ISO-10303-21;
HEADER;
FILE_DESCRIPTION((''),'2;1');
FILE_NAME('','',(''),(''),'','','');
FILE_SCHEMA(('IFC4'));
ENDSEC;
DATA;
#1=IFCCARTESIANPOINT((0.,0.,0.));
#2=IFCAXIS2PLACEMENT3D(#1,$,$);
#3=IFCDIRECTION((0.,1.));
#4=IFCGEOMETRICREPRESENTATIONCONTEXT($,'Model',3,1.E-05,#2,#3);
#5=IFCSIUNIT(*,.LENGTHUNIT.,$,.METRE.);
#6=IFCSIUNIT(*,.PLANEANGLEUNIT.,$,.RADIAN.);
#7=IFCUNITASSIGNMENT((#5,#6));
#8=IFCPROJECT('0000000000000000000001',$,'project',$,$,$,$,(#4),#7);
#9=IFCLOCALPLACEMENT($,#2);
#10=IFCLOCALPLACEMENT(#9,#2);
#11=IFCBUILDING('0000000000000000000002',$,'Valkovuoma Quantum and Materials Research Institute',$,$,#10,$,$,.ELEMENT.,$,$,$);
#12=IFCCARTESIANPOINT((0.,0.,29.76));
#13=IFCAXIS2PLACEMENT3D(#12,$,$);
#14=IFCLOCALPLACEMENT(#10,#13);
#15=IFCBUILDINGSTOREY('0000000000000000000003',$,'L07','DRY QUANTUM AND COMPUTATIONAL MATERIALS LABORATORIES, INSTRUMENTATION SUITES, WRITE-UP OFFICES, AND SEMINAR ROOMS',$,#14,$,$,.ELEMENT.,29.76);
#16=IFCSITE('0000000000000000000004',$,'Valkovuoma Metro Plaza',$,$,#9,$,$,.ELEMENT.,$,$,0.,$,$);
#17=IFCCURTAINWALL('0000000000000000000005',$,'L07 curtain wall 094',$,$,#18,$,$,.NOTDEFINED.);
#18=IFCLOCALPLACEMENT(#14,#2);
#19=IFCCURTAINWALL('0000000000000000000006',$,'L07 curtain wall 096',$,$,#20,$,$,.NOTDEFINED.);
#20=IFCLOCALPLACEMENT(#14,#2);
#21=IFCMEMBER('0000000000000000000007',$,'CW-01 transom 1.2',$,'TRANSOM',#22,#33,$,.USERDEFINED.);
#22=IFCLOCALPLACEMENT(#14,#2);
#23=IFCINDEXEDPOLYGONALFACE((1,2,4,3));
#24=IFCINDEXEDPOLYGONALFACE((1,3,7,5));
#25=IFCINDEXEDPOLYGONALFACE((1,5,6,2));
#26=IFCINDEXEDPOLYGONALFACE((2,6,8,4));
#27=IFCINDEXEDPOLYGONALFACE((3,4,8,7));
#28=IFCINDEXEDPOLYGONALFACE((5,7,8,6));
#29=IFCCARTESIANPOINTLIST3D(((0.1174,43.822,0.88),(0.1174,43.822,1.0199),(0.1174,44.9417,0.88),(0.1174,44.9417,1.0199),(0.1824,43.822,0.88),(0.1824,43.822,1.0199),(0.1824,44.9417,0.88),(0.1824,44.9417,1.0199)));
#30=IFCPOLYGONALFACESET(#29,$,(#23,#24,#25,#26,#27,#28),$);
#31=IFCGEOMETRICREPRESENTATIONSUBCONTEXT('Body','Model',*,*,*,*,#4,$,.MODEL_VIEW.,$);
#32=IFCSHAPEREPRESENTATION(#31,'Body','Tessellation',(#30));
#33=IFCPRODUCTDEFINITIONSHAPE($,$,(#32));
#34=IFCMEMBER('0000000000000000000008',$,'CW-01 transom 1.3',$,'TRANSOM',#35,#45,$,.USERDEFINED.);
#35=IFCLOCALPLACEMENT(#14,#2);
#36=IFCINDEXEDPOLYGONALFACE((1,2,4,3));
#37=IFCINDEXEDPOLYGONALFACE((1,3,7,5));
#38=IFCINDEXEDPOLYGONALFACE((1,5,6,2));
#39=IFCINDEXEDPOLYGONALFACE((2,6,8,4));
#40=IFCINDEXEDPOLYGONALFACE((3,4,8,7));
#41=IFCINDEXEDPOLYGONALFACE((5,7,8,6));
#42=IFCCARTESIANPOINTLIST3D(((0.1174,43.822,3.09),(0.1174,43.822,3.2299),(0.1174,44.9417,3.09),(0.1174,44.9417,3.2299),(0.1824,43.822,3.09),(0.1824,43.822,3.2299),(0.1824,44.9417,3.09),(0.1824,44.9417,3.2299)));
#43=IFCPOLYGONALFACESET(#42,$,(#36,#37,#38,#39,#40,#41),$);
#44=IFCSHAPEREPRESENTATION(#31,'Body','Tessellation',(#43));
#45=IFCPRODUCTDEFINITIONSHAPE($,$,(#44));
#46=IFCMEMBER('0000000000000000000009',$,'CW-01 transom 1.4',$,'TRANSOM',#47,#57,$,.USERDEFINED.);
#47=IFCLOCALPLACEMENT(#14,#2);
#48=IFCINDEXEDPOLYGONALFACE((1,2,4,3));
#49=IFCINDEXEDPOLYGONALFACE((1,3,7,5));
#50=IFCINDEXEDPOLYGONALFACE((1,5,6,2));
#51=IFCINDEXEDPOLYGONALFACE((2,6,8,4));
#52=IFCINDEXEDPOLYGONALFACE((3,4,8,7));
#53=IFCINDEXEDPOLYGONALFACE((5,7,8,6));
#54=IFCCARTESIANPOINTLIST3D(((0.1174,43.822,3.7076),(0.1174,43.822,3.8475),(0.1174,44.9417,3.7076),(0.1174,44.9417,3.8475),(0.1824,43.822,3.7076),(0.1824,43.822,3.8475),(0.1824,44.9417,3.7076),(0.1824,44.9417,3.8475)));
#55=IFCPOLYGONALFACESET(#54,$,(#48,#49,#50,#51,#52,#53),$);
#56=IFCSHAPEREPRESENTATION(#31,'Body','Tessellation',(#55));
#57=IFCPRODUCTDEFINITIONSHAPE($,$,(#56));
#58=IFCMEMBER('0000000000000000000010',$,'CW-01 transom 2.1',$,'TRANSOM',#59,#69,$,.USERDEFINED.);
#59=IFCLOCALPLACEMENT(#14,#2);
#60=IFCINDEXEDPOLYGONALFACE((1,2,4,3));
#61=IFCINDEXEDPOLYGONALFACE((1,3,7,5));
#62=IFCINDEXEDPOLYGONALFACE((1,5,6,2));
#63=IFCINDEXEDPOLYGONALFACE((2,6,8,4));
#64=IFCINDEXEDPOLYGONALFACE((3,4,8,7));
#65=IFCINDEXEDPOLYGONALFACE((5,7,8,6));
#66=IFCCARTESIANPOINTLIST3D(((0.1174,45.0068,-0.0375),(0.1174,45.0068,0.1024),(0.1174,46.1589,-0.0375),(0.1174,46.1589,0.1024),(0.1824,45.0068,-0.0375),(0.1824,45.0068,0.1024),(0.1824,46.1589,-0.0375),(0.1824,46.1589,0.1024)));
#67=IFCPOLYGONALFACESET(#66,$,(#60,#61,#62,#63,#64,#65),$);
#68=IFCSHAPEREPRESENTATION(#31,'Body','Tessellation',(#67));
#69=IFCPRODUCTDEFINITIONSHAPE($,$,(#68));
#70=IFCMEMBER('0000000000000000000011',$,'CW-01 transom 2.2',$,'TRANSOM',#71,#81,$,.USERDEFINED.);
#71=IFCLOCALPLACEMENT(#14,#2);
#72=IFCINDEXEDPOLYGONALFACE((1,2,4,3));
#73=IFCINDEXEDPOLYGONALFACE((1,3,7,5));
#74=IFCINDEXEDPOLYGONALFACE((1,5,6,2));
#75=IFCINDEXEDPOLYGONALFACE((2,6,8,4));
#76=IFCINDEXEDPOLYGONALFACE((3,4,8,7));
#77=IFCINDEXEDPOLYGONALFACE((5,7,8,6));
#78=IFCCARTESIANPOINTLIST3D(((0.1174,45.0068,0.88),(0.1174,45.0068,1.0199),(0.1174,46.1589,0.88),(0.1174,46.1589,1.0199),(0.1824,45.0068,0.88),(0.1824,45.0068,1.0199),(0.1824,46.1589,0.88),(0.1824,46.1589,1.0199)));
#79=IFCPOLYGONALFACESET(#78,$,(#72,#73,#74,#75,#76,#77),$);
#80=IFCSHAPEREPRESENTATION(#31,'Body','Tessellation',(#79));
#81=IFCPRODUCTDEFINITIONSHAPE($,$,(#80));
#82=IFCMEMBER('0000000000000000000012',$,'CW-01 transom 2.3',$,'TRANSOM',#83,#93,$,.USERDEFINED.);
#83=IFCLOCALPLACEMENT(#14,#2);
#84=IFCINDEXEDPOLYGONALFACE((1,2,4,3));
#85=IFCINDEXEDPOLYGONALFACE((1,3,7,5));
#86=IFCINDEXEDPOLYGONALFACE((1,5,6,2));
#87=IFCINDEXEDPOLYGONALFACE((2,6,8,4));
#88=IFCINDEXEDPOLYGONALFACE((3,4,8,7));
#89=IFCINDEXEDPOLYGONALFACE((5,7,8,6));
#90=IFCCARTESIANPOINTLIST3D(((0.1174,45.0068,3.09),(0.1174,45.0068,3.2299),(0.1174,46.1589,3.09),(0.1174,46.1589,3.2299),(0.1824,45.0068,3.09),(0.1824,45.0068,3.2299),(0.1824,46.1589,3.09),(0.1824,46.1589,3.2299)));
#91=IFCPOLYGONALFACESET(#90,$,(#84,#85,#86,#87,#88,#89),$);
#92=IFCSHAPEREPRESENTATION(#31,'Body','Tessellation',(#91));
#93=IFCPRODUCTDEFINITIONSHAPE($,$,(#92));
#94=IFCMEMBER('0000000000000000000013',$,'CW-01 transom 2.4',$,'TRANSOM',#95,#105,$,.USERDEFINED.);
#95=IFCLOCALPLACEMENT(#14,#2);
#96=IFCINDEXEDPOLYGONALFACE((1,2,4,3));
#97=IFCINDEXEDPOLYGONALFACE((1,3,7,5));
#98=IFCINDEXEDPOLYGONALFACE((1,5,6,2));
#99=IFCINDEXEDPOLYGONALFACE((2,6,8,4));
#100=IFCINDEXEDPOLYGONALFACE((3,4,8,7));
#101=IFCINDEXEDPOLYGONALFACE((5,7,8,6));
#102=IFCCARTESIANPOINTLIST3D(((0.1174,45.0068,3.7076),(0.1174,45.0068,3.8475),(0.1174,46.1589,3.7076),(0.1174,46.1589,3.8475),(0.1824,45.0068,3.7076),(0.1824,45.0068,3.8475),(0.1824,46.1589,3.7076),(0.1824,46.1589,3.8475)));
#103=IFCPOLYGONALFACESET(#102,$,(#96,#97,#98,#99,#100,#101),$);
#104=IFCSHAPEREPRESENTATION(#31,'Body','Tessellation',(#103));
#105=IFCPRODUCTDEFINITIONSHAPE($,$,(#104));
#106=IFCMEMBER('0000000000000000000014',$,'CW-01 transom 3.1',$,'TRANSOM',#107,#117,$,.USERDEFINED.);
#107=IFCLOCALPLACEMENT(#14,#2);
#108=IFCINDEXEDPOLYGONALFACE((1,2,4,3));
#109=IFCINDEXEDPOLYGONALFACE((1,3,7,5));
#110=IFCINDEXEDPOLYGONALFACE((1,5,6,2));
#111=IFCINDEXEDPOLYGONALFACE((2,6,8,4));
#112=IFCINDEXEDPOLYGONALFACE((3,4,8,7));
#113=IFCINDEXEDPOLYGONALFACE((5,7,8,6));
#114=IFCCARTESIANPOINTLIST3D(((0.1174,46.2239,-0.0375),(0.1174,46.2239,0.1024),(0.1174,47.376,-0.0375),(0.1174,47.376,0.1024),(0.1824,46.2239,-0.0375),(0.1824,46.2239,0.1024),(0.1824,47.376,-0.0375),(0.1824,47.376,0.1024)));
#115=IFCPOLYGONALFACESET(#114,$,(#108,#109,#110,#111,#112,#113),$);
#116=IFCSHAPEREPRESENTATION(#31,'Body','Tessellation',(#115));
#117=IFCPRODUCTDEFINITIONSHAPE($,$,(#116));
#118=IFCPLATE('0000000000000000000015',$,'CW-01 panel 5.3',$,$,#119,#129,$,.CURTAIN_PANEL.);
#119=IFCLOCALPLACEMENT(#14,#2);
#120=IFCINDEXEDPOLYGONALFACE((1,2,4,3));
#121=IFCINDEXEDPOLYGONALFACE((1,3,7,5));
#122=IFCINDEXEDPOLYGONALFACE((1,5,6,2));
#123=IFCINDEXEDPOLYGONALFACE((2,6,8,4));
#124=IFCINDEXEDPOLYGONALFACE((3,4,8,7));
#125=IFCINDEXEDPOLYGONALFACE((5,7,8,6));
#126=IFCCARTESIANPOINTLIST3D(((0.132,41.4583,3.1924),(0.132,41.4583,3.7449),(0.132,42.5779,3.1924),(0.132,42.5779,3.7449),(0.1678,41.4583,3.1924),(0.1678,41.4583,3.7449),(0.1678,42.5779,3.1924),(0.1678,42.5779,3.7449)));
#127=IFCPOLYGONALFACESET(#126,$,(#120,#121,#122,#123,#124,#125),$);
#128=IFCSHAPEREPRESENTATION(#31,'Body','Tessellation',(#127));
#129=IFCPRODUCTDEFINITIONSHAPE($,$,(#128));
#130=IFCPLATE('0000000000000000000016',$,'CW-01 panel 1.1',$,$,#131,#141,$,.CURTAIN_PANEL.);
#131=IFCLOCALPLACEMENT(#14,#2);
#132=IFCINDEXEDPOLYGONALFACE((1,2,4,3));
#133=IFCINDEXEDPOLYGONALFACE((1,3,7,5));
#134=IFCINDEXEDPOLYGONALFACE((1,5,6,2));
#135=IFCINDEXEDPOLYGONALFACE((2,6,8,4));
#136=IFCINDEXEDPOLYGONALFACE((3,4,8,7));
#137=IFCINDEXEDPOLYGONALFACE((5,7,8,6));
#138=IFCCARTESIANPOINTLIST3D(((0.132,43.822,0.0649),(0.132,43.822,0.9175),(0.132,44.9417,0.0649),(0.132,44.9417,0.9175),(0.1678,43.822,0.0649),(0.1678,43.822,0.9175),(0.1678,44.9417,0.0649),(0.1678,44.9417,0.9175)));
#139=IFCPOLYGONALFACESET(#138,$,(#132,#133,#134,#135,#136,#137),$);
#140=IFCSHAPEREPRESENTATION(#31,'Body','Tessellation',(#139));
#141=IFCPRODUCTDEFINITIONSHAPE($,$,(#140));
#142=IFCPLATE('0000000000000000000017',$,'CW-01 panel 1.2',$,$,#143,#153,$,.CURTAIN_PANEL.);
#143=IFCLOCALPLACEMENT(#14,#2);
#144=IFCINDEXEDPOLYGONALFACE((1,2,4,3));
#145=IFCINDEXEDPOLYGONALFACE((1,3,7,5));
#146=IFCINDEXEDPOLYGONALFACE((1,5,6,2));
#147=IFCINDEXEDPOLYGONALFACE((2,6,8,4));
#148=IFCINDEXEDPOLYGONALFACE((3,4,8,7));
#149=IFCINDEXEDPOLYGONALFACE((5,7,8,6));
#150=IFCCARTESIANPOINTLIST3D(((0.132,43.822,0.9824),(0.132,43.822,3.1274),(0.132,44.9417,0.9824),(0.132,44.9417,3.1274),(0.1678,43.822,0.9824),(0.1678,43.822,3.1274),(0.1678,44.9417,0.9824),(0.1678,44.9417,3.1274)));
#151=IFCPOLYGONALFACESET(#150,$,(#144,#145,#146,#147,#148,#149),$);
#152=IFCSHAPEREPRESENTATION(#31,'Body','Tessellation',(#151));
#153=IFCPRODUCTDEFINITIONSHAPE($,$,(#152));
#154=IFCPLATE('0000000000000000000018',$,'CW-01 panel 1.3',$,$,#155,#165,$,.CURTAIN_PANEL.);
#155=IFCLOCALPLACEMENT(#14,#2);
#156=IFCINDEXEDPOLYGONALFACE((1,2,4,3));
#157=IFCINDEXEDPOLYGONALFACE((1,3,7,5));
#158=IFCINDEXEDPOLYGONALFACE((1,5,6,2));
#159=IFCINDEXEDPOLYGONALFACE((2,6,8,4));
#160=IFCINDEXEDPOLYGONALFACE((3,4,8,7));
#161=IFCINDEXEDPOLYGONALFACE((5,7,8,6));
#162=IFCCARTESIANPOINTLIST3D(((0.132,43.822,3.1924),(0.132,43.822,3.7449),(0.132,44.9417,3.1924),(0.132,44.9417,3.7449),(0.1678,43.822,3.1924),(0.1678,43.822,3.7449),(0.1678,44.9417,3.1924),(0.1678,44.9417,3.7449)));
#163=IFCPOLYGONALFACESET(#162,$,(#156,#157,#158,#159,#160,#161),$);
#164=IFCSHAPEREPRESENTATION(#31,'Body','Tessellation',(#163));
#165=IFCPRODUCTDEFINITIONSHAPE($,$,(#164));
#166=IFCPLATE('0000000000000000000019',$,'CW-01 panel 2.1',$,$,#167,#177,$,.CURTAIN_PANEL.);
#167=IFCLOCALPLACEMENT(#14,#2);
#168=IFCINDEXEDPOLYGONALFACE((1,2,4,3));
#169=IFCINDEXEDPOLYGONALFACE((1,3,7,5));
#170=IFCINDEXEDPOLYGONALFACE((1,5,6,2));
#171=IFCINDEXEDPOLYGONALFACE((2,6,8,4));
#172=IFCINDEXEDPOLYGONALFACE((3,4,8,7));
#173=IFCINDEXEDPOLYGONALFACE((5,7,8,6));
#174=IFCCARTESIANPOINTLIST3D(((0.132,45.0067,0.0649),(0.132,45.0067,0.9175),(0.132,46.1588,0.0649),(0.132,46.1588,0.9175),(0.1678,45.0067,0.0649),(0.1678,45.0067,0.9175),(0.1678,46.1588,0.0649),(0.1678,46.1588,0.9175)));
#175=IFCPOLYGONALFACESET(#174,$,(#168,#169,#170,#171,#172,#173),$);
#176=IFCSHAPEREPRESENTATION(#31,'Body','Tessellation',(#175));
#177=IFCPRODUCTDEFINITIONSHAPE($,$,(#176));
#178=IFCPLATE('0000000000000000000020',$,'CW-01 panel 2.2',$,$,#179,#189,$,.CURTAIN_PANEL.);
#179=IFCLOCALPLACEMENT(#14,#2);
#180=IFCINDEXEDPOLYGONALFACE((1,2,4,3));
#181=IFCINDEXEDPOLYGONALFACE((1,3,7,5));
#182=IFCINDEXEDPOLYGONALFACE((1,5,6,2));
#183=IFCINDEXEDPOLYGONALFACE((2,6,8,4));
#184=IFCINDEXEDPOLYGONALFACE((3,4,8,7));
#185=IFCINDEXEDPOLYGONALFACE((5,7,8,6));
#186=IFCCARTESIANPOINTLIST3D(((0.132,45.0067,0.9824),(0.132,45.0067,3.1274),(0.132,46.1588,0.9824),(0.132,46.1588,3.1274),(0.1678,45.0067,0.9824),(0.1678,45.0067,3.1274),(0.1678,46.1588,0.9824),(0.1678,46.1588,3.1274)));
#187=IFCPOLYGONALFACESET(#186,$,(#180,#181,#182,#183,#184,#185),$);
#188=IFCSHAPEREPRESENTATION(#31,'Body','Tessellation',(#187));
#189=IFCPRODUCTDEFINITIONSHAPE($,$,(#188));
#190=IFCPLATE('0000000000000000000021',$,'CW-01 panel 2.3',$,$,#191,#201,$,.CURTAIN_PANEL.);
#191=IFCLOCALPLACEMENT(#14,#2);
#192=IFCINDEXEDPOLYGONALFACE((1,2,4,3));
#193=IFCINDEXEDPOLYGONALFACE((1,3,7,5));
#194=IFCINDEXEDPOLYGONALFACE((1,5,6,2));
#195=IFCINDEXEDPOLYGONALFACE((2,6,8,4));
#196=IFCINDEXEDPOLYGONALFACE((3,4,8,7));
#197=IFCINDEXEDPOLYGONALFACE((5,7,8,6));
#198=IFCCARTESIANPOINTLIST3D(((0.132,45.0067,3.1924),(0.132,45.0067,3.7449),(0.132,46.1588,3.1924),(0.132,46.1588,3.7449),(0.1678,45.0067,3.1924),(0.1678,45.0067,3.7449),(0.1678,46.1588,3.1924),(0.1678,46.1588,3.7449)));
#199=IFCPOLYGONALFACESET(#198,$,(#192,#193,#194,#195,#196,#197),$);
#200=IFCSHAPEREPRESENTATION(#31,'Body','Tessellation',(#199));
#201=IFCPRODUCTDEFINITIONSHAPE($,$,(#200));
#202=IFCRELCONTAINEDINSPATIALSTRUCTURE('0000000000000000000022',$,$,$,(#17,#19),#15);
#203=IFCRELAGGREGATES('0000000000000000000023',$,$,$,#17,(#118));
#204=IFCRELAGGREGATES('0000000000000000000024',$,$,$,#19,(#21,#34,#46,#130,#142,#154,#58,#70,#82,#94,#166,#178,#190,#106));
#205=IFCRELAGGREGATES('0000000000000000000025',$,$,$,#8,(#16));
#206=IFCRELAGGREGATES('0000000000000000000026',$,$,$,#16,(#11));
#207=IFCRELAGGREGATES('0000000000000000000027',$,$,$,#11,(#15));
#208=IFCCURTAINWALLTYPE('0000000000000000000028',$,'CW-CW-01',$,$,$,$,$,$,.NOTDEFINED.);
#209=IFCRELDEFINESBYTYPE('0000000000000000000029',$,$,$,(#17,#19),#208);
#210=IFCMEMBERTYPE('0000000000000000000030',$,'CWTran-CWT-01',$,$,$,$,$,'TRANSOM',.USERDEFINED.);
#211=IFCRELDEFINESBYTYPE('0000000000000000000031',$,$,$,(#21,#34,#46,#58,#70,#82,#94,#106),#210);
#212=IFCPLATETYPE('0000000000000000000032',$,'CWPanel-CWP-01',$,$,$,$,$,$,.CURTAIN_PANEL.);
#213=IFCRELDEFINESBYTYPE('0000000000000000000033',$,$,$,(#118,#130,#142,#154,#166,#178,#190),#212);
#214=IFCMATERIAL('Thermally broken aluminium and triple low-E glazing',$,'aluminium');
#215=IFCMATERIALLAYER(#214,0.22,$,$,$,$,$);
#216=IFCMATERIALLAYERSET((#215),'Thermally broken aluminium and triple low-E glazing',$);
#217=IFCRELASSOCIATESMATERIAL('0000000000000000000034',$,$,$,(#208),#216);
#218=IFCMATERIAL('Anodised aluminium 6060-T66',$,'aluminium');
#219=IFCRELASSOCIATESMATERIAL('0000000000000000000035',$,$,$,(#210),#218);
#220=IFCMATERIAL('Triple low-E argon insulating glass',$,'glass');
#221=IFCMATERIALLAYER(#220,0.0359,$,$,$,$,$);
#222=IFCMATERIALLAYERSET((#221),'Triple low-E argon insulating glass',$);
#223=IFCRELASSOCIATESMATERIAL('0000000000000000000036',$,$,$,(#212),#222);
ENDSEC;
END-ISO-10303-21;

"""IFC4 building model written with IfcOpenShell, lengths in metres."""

from ifc_helpers import new_model, si_unit, direction, frame, origin, origin_2d, place, context, subcontext, project, spatial, rectangle, extrude, material, layer, layer_set, material_profile, profile_set, type_object, element, aggregate, save


model = new_model("IFC4")

# Units and contexts
model_context = context("Model", 3, precision=1e-05, world=origin(), true_north=direction((0.0, 1.0)))
body_context = subcontext(model_context, "Body", "Model", "MODEL_VIEW")
ifc_project = project(units=[si_unit("LENGTHUNIT", "METRE"), si_unit("PLANEANGLEUNIT", "RADIAN")], contexts=[model_context])

# Site, building, storey
site_placement = place(None, origin())
site = spatial("IfcSite", under=ifc_project, at=site_placement, Name="Valkovuoma Metro Plaza", CompositionType="ELEMENT", RefElevation=0.0)
building_placement = place(site_placement, origin())
building = spatial("IfcBuilding", under=site, at=building_placement, Name="Valkovuoma Quantum and Materials Research Institute", CompositionType="ELEMENT")
storey_placement = place(building_placement, frame((0.0, 0.0, 29.76)))
storey = spatial("IfcBuildingStorey", under=building, at=storey_placement, Name="L07", Description="DRY QUANTUM AND COMPUTATIONAL MATERIALS LABORATORIES, INSTRUMENTATION SUITES, WRITE-UP OFFICES, AND SEMINAR ROOMS", CompositionType="ELEMENT", Elevation=29.76)

# Curtain wall
ifc_material_1 = material(Name="Thermally broken aluminium and triple low-E glazing", Category="aluminium")
ifc_layer_1 = layer(ifc_material_1, 0.22)
ifc_layer_set_1 = layer_set([ifc_layer_1], Name="Thermally broken aluminium and triple low-E glazing")
curtain_wall_type = type_object("IfcCurtainWallType", Name="CW-CW-01", PredefinedType="NOTDEFINED", material=ifc_layer_set_1)
curtain_wall_1_placement = place(storey_placement, origin())
curtain_wall_1 = element("IfcCurtainWall", 1, at=curtain_wall_1_placement, inside=storey, type_object=curtain_wall_type, Name="L07 curtain wall 094", PredefinedType="NOTDEFINED")

# Curtain wall, members
curtain_wall_2_placement = place(storey_placement, origin())
curtain_wall_2 = element("IfcCurtainWall", 2, at=curtain_wall_2_placement, inside=storey, type_object=curtain_wall_type, Name="L07 curtain wall 096", PredefinedType="NOTDEFINED")
ifc_material_2 = material(Name="Anodised aluminium 6060-T66", Category="aluminium")
ifc_material_profile_1 = material_profile(ifc_material_2, rectangle(XDim=0.0649, YDim=0.1399, at=origin_2d()), Name="Anodised aluminium 6060-T66")
ifc_profile_set_1 = profile_set([ifc_material_profile_1], Name="Anodised aluminium 6060-T66")
member_type_1 = type_object("IfcMemberType", Name="CWTran-CWT-01", ElementType="TRANSOM", PredefinedType="USERDEFINED", material=ifc_profile_set_1)
member_1_placement = place(storey_placement, frame((0.1499, 43.822, 0.95), z_axis=(0.0, 1.0, 0.0), x_axis=(-1.0, 0.0, 0.0)))
member_1 = element("IfcMember", 3, at=member_1_placement, type_object=member_type_1, Name="CW-01 transom 1.2", ObjectType="TRANSOM", PredefinedType="USERDEFINED", context=body_context, shape_type="SweptSolid", body=[
    extrude(rectangle(XDim=0.0649, YDim=0.1399, at=origin_2d()), origin(), (0.0, 0.0, 1.0), 1.1196),
])
member_2_placement = place(storey_placement, frame((0.1499, 43.822, 3.1599), z_axis=(0.0, 1.0, 0.0), x_axis=(-1.0, 0.0, 0.0)))
member_2 = element("IfcMember", 4, at=member_2_placement, type_object=member_type_1, Name="CW-01 transom 1.3", ObjectType="TRANSOM", PredefinedType="USERDEFINED", context=body_context, shape_type="SweptSolid", body=[
    extrude(rectangle(XDim=0.0649, YDim=0.1399, at=origin_2d()), origin(), (0.0, 0.0, 1.0), 1.1196),
])
member_3_placement = place(storey_placement, frame((0.1499, 43.822, 3.7776), z_axis=(0.0, 1.0, 0.0), x_axis=(-1.0, 0.0, 0.0)))
member_3 = element("IfcMember", 5, at=member_3_placement, type_object=member_type_1, Name="CW-01 transom 1.4", ObjectType="TRANSOM", PredefinedType="USERDEFINED", context=body_context, shape_type="SweptSolid", body=[
    extrude(rectangle(XDim=0.0649, YDim=0.1399, at=origin_2d()), origin(), (0.0, 0.0, 1.0), 1.1196),
])
member_4_placement = place(storey_placement, frame((0.1499, 45.0068, 0.0325), z_axis=(0.0, 1.0, 0.0), x_axis=(-1.0, 0.0, 0.0)))
member_4 = element("IfcMember", 6, at=member_4_placement, type_object=member_type_1, Name="CW-01 transom 2.1", ObjectType="TRANSOM", PredefinedType="USERDEFINED", context=body_context, shape_type="SweptSolid", body=[
    extrude(rectangle(XDim=0.0649, YDim=0.1399, at=origin_2d()), origin(), (0.0, 0.0, 1.0), 1.1521),
])
member_5_placement = place(storey_placement, frame((0.1499, 45.0068, 0.95), z_axis=(0.0, 1.0, 0.0), x_axis=(-1.0, 0.0, 0.0)))
member_5 = element("IfcMember", 7, at=member_5_placement, type_object=member_type_1, Name="CW-01 transom 2.2", ObjectType="TRANSOM", PredefinedType="USERDEFINED", context=body_context, shape_type="SweptSolid", body=[
    extrude(rectangle(XDim=0.0649, YDim=0.1399, at=origin_2d()), origin(), (0.0, 0.0, 1.0), 1.1521),
])
member_6_placement = place(storey_placement, frame((0.1499, 45.0068, 3.1599), z_axis=(0.0, 1.0, 0.0), x_axis=(-1.0, 0.0, 0.0)))
member_6 = element("IfcMember", 8, at=member_6_placement, type_object=member_type_1, Name="CW-01 transom 2.3", ObjectType="TRANSOM", PredefinedType="USERDEFINED", context=body_context, shape_type="SweptSolid", body=[
    extrude(rectangle(XDim=0.0649, YDim=0.1399, at=origin_2d()), origin(), (0.0, 0.0, 1.0), 1.1521),
])
member_7_placement = place(storey_placement, frame((0.1499, 45.0068, 3.7776), z_axis=(0.0, 1.0, 0.0), x_axis=(-1.0, 0.0, 0.0)))
member_7 = element("IfcMember", 9, at=member_7_placement, type_object=member_type_1, Name="CW-01 transom 2.4", ObjectType="TRANSOM", PredefinedType="USERDEFINED", context=body_context, shape_type="SweptSolid", body=[
    extrude(rectangle(XDim=0.0649, YDim=0.1399, at=origin_2d()), origin(), (0.0, 0.0, 1.0), 1.1521),
])
member_8_placement = place(storey_placement, frame((0.1499, 46.2239, 0.0325), z_axis=(0.0, 1.0, 0.0), x_axis=(-1.0, 0.0, 0.0)))
member_8 = element("IfcMember", 10, at=member_8_placement, type_object=member_type_1, Name="CW-01 transom 3.1", ObjectType="TRANSOM", PredefinedType="USERDEFINED", context=body_context, shape_type="SweptSolid", body=[
    extrude(rectangle(XDim=0.0649, YDim=0.1399, at=origin_2d()), origin(), (0.0, 0.0, 1.0), 1.1521),
])

# Plates
ifc_material_3 = material(Name="Triple low-E argon insulating glass", Category="glass")
ifc_layer_2 = layer(ifc_material_3, 0.0359)
ifc_layer_set_2 = layer_set([ifc_layer_2], Name="Triple low-E argon insulating glass")
plate_type = type_object("IfcPlateType", Name="CWPanel-CWP-01", PredefinedType="CURTAIN_PANEL", material=ifc_layer_set_2)
plate_1_placement = place(storey_placement, frame((0.1499, 42.0181, 3.1924), z_axis=(0.0, 0.0, 1.0), x_axis=(0.0, 1.0, 0.0)))
plate_1 = element("IfcPlate", 11, at=plate_1_placement, type_object=plate_type, Name="CW-01 panel 5.3", PredefinedType="CURTAIN_PANEL", context=body_context, shape_type="SweptSolid", body=[
    extrude(rectangle(XDim=1.1196, YDim=0.0359, at=origin_2d()), origin(), (0.0, 0.0, 1.0), 0.5525),
])
aggregate(curtain_wall_1, [plate_1])
plate_2_placement = place(storey_placement, frame((0.1499, 44.3818, 0.0649), z_axis=(0.0, 0.0, 1.0), x_axis=(0.0, 1.0, 0.0)))
plate_2 = element("IfcPlate", 12, at=plate_2_placement, type_object=plate_type, Name="CW-01 panel 1.1", PredefinedType="CURTAIN_PANEL", context=body_context, shape_type="SweptSolid", body=[
    extrude(rectangle(XDim=1.1196, YDim=0.0359, at=origin_2d()), origin(), (0.0, 0.0, 1.0), 0.8525),
])
plate_3_placement = place(storey_placement, frame((0.1499, 44.3818, 0.9824), z_axis=(0.0, 0.0, 1.0), x_axis=(0.0, 1.0, 0.0)))
plate_3 = element("IfcPlate", 13, at=plate_3_placement, type_object=plate_type, Name="CW-01 panel 1.2", PredefinedType="CURTAIN_PANEL", context=body_context, shape_type="SweptSolid", body=[
    extrude(rectangle(XDim=1.1196, YDim=0.0359, at=origin_2d()), origin(), (0.0, 0.0, 1.0), 2.145),
])
plate_4_placement = place(storey_placement, frame((0.1499, 44.3818, 3.1924), z_axis=(0.0, 0.0, 1.0), x_axis=(0.0, 1.0, 0.0)))
plate_4 = element("IfcPlate", 14, at=plate_4_placement, type_object=plate_type, Name="CW-01 panel 1.3", PredefinedType="CURTAIN_PANEL", context=body_context, shape_type="SweptSolid", body=[
    extrude(rectangle(XDim=1.1196, YDim=0.0359, at=origin_2d()), origin(), (0.0, 0.0, 1.0), 0.5525),
])
plate_5_placement = place(storey_placement, frame((0.1499, 45.5828, 0.0649), z_axis=(0.0, 0.0, 1.0), x_axis=(0.0, 1.0, 0.0)))
plate_5 = element("IfcPlate", 15, at=plate_5_placement, type_object=plate_type, Name="CW-01 panel 2.1", PredefinedType="CURTAIN_PANEL", context=body_context, shape_type="SweptSolid", body=[
    extrude(rectangle(XDim=1.1521, YDim=0.0359, at=origin_2d()), origin(), (0.0, 0.0, 1.0), 0.8525),
])
plate_6_placement = place(storey_placement, frame((0.1499, 45.5828, 0.9824), z_axis=(0.0, 0.0, 1.0), x_axis=(0.0, 1.0, 0.0)))
plate_6 = element("IfcPlate", 16, at=plate_6_placement, type_object=plate_type, Name="CW-01 panel 2.2", PredefinedType="CURTAIN_PANEL", context=body_context, shape_type="SweptSolid", body=[
    extrude(rectangle(XDim=1.1521, YDim=0.0359, at=origin_2d()), origin(), (0.0, 0.0, 1.0), 2.145),
])
plate_7_placement = place(storey_placement, frame((0.1499, 45.5828, 3.1924), z_axis=(0.0, 0.0, 1.0), x_axis=(0.0, 1.0, 0.0)))
plate_7 = element("IfcPlate", 17, at=plate_7_placement, type_object=plate_type, Name="CW-01 panel 2.3", PredefinedType="CURTAIN_PANEL", context=body_context, shape_type="SweptSolid", body=[
    extrude(rectangle(XDim=1.1521, YDim=0.0359, at=origin_2d()), origin(), (0.0, 0.0, 1.0), 0.5525),
])
aggregate(curtain_wall_2, [member_1, member_2, member_3, plate_2, plate_3, plate_4, member_4, member_5, member_6, member_7, plate_5, plate_6, plate_7, member_8])

save(model, "model.ifc")
